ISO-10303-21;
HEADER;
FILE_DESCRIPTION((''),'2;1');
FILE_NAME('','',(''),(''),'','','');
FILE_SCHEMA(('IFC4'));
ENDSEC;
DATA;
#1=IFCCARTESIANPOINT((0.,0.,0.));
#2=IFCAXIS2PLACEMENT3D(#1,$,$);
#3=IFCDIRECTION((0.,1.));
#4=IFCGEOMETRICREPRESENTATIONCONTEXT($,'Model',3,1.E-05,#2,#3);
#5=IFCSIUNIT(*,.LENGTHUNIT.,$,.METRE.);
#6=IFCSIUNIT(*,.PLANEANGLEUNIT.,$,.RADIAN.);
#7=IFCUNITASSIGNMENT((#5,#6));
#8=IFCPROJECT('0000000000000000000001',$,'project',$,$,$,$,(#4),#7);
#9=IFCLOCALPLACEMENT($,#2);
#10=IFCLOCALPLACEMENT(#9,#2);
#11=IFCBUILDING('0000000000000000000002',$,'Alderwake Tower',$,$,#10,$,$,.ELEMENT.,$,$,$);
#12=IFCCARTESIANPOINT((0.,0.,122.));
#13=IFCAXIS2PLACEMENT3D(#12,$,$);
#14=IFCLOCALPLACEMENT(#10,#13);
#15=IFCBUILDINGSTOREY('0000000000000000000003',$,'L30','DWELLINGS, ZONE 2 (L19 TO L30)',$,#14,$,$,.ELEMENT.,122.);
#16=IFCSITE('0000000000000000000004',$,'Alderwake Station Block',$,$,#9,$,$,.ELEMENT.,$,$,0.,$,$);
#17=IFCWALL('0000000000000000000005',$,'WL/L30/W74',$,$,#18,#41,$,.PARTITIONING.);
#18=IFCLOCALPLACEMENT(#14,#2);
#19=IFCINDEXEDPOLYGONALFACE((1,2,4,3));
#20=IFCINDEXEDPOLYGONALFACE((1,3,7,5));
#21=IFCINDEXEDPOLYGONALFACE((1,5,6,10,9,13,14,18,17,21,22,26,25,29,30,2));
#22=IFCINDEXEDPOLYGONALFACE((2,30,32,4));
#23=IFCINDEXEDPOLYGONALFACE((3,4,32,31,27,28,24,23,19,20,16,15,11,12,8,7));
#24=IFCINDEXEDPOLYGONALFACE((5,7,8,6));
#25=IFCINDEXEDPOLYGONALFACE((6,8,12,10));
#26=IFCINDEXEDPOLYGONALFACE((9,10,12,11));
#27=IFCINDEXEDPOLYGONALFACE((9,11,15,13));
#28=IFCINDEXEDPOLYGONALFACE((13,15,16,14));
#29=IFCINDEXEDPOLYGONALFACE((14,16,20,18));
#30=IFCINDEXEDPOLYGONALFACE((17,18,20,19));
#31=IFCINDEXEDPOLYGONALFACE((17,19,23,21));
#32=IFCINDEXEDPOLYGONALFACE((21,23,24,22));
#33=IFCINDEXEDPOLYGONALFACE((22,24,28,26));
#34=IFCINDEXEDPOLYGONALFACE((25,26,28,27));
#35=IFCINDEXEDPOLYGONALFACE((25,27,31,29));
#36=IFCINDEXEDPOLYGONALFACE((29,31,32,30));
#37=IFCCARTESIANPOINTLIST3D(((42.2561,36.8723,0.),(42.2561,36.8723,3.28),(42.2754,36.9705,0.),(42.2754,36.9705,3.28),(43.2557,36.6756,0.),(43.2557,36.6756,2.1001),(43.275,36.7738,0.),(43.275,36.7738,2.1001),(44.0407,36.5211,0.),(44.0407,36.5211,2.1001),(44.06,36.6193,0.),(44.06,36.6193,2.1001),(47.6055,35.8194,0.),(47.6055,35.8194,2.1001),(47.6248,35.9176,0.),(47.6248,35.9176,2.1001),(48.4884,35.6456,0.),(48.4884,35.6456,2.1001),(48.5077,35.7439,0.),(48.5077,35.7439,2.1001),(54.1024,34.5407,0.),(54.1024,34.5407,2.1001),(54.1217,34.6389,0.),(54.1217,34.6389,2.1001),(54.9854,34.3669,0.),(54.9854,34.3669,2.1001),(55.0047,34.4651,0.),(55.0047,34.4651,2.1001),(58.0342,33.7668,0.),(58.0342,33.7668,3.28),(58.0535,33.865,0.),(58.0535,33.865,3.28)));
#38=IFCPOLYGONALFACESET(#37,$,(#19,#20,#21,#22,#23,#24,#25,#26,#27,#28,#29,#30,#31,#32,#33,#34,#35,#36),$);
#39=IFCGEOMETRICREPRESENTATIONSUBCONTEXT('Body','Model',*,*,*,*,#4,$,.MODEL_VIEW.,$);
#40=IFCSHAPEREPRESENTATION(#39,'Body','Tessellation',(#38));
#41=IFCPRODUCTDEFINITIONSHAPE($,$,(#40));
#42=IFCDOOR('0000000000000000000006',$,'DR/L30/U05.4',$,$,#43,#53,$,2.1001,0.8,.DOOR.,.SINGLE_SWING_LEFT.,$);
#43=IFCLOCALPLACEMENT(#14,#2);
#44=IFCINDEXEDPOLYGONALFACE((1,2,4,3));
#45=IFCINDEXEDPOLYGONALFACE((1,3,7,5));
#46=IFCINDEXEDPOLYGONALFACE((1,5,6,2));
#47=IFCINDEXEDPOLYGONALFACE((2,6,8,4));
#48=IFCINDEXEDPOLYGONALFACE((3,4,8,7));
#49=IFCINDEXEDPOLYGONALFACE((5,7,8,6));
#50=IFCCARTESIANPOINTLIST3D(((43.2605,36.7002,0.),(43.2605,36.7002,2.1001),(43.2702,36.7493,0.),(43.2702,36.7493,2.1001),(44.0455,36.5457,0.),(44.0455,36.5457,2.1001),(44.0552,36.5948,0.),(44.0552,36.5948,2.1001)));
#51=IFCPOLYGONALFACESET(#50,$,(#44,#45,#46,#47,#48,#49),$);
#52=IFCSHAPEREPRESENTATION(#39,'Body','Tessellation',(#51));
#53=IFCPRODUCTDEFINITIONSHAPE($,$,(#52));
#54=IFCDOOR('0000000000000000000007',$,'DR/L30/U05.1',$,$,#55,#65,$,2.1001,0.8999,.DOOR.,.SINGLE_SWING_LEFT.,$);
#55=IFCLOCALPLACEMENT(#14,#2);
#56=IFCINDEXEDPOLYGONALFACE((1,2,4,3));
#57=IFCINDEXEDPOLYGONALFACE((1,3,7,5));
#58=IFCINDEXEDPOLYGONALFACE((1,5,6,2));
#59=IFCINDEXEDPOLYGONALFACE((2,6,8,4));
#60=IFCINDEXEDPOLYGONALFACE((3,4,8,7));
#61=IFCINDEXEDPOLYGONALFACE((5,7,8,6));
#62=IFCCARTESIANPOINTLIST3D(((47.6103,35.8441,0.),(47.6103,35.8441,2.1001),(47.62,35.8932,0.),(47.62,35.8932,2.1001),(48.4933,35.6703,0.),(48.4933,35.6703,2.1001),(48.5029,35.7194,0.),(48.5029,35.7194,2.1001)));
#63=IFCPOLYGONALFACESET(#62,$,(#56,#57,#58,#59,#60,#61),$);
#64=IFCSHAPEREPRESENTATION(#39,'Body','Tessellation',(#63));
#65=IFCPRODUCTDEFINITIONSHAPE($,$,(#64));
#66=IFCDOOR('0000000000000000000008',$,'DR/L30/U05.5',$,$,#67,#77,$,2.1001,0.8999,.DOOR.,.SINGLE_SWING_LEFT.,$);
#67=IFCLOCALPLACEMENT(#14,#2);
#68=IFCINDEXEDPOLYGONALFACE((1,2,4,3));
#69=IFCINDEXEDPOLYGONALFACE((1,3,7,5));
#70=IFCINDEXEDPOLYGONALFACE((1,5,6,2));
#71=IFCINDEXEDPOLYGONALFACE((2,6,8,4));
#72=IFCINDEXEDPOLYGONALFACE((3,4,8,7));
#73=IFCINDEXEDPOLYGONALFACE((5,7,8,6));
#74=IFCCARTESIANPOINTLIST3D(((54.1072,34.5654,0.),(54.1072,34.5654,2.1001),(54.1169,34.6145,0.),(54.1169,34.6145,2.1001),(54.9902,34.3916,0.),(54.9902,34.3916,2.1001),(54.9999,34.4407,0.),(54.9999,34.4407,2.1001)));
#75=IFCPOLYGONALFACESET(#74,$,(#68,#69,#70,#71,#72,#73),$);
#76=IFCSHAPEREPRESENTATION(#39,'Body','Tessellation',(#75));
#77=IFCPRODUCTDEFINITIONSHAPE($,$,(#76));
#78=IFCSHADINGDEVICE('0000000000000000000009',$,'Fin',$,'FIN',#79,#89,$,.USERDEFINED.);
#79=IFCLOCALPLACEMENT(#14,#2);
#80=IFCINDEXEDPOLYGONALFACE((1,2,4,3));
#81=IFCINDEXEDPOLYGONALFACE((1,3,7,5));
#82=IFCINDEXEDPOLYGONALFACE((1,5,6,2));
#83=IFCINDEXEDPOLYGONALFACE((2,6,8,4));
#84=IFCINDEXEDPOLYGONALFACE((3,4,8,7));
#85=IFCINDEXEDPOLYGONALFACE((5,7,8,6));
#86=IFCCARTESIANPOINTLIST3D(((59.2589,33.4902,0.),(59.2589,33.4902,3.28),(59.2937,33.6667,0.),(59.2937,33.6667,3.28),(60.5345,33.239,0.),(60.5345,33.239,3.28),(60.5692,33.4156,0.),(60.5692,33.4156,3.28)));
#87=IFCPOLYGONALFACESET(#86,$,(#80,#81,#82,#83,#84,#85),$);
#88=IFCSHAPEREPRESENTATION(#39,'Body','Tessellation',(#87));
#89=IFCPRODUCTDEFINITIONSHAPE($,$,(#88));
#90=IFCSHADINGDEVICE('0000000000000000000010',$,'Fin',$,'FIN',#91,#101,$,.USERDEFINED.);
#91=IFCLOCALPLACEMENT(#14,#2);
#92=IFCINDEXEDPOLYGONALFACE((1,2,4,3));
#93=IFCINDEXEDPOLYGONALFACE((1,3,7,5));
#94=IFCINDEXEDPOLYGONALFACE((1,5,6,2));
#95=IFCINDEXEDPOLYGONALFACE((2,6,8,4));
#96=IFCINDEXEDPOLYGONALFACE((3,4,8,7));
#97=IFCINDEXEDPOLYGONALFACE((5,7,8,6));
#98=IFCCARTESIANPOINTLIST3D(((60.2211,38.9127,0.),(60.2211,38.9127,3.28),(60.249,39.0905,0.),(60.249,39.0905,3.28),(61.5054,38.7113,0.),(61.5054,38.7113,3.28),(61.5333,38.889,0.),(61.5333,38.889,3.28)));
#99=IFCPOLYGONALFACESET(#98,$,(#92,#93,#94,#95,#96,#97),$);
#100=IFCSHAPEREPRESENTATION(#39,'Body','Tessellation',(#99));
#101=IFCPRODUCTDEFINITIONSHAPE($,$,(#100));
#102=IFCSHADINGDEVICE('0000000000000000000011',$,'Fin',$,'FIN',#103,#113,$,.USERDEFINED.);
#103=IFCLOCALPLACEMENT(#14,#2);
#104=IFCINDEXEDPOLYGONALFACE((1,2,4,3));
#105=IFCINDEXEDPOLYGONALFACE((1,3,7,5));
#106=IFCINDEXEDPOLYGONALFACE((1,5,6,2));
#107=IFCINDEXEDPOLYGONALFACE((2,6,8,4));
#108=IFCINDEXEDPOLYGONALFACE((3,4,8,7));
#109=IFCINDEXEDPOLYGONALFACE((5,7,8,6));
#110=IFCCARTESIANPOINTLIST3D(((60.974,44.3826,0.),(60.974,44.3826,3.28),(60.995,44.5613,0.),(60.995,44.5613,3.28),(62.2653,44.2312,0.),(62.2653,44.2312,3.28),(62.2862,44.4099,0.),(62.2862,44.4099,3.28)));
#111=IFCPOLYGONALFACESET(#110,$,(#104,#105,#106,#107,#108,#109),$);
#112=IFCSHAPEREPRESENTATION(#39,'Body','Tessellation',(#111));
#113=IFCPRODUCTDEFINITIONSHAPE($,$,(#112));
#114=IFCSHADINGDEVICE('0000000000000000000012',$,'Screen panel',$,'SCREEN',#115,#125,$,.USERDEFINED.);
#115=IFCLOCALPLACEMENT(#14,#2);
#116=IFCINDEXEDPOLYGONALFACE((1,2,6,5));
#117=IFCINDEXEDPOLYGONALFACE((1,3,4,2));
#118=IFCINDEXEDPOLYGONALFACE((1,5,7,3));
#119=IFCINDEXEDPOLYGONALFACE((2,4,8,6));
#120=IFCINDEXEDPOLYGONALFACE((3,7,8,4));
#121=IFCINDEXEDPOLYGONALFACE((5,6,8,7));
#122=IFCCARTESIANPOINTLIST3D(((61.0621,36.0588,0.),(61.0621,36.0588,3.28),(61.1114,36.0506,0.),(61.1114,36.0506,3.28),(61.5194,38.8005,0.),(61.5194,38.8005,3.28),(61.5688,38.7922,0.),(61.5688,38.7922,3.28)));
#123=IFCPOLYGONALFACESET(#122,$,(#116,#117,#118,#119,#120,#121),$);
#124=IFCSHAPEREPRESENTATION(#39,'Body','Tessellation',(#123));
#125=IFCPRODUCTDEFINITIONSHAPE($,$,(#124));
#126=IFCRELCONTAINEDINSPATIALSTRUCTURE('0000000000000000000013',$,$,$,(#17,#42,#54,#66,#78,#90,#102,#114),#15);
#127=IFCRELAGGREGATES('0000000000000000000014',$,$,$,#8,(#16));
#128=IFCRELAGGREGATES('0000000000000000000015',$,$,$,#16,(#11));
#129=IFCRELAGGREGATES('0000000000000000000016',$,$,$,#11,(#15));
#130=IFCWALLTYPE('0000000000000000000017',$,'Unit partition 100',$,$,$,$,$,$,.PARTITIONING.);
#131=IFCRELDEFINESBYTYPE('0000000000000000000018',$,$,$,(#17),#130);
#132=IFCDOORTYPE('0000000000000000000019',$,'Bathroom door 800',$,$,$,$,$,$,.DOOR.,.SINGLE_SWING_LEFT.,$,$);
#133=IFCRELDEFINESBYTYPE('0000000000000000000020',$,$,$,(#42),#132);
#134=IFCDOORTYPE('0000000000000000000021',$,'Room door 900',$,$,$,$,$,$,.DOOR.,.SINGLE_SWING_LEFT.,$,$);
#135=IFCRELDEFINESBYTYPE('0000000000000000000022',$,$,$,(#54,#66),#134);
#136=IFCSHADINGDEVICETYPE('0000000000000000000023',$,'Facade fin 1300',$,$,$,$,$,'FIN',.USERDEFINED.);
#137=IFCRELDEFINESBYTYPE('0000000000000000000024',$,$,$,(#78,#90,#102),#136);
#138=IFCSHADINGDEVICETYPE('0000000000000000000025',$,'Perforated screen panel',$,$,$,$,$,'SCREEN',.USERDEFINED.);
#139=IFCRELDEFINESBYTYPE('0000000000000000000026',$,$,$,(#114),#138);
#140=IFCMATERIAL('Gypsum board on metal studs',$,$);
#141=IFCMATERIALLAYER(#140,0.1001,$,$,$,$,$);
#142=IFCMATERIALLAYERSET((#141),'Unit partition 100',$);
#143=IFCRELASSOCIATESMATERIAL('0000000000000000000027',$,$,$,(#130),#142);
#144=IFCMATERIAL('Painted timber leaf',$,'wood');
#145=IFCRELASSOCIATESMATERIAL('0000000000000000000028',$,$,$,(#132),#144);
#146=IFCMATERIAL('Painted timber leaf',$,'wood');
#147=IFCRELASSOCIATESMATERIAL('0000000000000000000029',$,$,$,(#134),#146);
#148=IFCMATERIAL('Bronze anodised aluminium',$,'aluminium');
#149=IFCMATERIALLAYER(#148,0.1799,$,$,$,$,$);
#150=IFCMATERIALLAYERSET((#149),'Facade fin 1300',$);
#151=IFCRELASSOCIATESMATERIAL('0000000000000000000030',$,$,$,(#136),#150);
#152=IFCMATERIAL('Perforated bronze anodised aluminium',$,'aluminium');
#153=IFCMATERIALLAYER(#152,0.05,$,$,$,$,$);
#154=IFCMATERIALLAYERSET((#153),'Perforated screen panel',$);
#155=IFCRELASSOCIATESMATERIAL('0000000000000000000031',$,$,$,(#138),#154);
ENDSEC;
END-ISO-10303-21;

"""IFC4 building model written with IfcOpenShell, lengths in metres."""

from ifc_helpers import new_model, si_unit, direction, frame, frame_2d, origin, origin_2d, place, context, subcontext, project, spatial, rectangle, extrude, material, layer, layer_set, type_object, element, fill, save


model = new_model("IFC4")

# Units and contexts
model_context = context("Model", 3, precision=1e-05, world=origin(), true_north=direction((0.0, 1.0)))
body_context = subcontext(model_context, "Body", "Model", "MODEL_VIEW")
ifc_project = project(units=[si_unit("LENGTHUNIT", "METRE"), si_unit("PLANEANGLEUNIT", "RADIAN")], contexts=[model_context])

# Site, building, storey
site_placement = place(None, origin())
site = spatial("IfcSite", under=ifc_project, at=site_placement, Name="Alderwake Station Block", CompositionType="ELEMENT", RefElevation=0.0)
building_placement = place(site_placement, origin())
building = spatial("IfcBuilding", under=site, at=building_placement, Name="Alderwake Tower", CompositionType="ELEMENT")
storey_placement = place(building_placement, frame((0.0, 0.0, 122.0)))
storey = spatial("IfcBuildingStorey", under=building, at=storey_placement, Name="L30", Description="DWELLINGS, ZONE 2 (L19 TO L30)", CompositionType="ELEMENT", Elevation=122.0)

# Wall, openings, doors
ifc_material_1 = material(Name="Gypsum board on metal studs")
ifc_layer_1 = layer(ifc_material_1, 0.1001)
ifc_layer_set_1 = layer_set([ifc_layer_1], Name="Unit partition 100")
wall_type_1 = type_object("IfcWallType", Name="Unit partition 100", PredefinedType="PARTITIONING", material=ifc_layer_set_1)
ifc_material_2 = material(Name="Painted timber leaf", Category="wood")
door_type_1 = type_object("IfcDoorType", Name="Bathroom door 800", OperationType="SINGLE_SWING_LEFT", PredefinedType="DOOR", material=ifc_material_2)
ifc_material_3 = material(Name="Painted timber leaf", Category="wood")
door_type_2 = type_object("IfcDoorType", Name="Room door 900", OperationType="SINGLE_SWING_LEFT", PredefinedType="DOOR", material=ifc_material_3)
wall_1_placement = place(storey_placement, frame((58.0439, 33.8159, 0.0), z_axis=(0.0, 0.0, 1.0), x_axis=(-0.981176, 0.193117, 0.0)))
wall_1 = element("IfcWall", 1, at=wall_1_placement, inside=storey, type_object=wall_type_1, Name="WL/L30/W74", PredefinedType="PARTITIONING", context=body_context, shape_type="SweptSolid", body=[
    extrude(rectangle(XDim=16.0808, YDim=0.1001, at=frame_2d((8.0405, 0.0))), origin(), (0.0, 0.0, 1.0), 3.28),
])
opening_1_placement = place(wall_1_placement, frame((9.729, 0.0, 0.0)))
opening_1 = element("IfcOpeningElement", 2, at=opening_1_placement, cuts=wall_1, PredefinedType="OPENING", context=body_context, shape_type="SweptSolid", body=[
    extrude(rectangle(XDim=0.8999, YDim=2.1001, at=frame_2d((0.45, 1.05))), frame((0.0, 0.0601, 0.0), z_axis=(0.0, -1.0, 0.0), x_axis=(1.0, 0.0, 0.0)), (0.0, 0.0, 1.0), 0.1201),
])
opening_2_placement = place(wall_1_placement, frame((14.2622, 0.0, 0.0)))
opening_2 = element("IfcOpeningElement", 3, at=opening_2_placement, cuts=wall_1, PredefinedType="OPENING", context=body_context, shape_type="SweptSolid", body=[
    extrude(rectangle(XDim=0.8, YDim=2.1001, at=frame_2d((0.3999, 1.05))), frame((0.0, 0.0601, 0.0), z_axis=(0.0, -1.0, 0.0), x_axis=(1.0, 0.0, 0.0)), (0.0, 0.0, 1.0), 0.1201),
])
opening_3_placement = place(wall_1_placement, frame((3.1074, 0.0, 0.0)))
opening_3 = element("IfcOpeningElement", 4, at=opening_3_placement, cuts=wall_1, PredefinedType="OPENING", context=body_context, shape_type="SweptSolid", body=[
    extrude(rectangle(XDim=0.8999, YDim=2.1001, at=frame_2d((0.45, 1.05))), frame((0.0, 0.0601, 0.0), z_axis=(0.0, -1.0, 0.0), x_axis=(1.0, 0.0, 0.0)), (0.0, 0.0, 1.0), 0.1201),
])
door_1_placement = place(opening_2_placement, origin())
door_1 = element("IfcDoor", 5, at=door_1_placement, inside=storey, type_object=door_type_1, Name="DR/L30/U05.4", OperationType="SINGLE_SWING_LEFT", OverallHeight=2.1001, OverallWidth=0.8, PredefinedType="DOOR", context=body_context, shape_type="SweptSolid", body=[
    extrude(rectangle(XDim=0.8, YDim=2.1001, at=frame_2d((0.3999, 1.05))), frame((0.0, 0.0249, 0.0), z_axis=(0.0, -1.0, 0.0), x_axis=(1.0, 0.0, 0.0)), (0.0, 0.0, 1.0), 0.05),
])
fill(opening_2, door_1)
door_2_placement = place(opening_1_placement, origin())
door_2 = element("IfcDoor", 6, at=door_2_placement, inside=storey, type_object=door_type_2, Name="DR/L30/U05.1", OperationType="SINGLE_SWING_LEFT", OverallHeight=2.1001, OverallWidth=0.8999, PredefinedType="DOOR", context=body_context, shape_type="SweptSolid", body=[
    extrude(rectangle(XDim=0.8999, YDim=2.1001, at=frame_2d((0.45, 1.05))), frame((0.0, 0.0249, 0.0), z_axis=(0.0, -1.0, 0.0), x_axis=(1.0, 0.0, 0.0)), (0.0, 0.0, 1.0), 0.05),
])
fill(opening_1, door_2)
door_3_placement = place(opening_3_placement, origin())
door_3 = element("IfcDoor", 7, at=door_3_placement, inside=storey, type_object=door_type_2, Name="DR/L30/U05.5", OperationType="SINGLE_SWING_LEFT", OverallHeight=2.1001, OverallWidth=0.8999, PredefinedType="DOOR", context=body_context, shape_type="SweptSolid", body=[
    extrude(rectangle(XDim=0.8999, YDim=2.1001, at=frame_2d((0.45, 1.05))), frame((0.0, 0.0249, 0.0), z_axis=(0.0, -1.0, 0.0), x_axis=(1.0, 0.0, 0.0)), (0.0, 0.0, 1.0), 0.05),
])
fill(opening_3, door_3)

# Shading devices
ifc_material_4 = material(Name="Bronze anodised aluminium", Category="aluminium")
ifc_layer_2 = layer(ifc_material_4, 0.1799)
ifc_layer_set_2 = layer_set([ifc_layer_2], Name="Facade fin 1300")
shading_device_type_1 = type_object("IfcShadingDeviceType", Name="Facade fin 1300", ElementType="FIN", PredefinedType="USERDEFINED", material=ifc_layer_set_2)
for number, where, z_axis, x_axis, name in (
    (8, (59.9141, 33.4529, 0.0), (0.0, 0.0, 1.0), (0.981164, -0.193178, 0.0), "Fin"),
    (9, (60.8772, 38.9009, 0.0), (0.0, 0.0, 1.0), (0.987919, -0.154972, 0.0), "Fin"),
    (10, (61.6301, 44.3962, 0.0), (0.0, 0.0, 1.0), (0.993198, -0.116435, 0.0), "Fin"),
):
    element("IfcShadingDevice", number, at=place(storey_placement, frame(where, z_axis=z_axis, x_axis=x_axis)), inside=storey, type_object=shading_device_type_1, Name=name, ObjectType="FIN", PredefinedType="USERDEFINED", context=body_context, shape_type="SweptSolid", body=[
        extrude(rectangle(XDim=1.3, YDim=0.1799, at=origin_2d()), origin(), (0.0, 0.0, 1.0), 3.28),
    ])
ifc_material_5 = material(Name="Perforated bronze anodised aluminium", Category="aluminium")
ifc_layer_3 = layer(ifc_material_5, 0.05)
ifc_layer_set_3 = layer_set([ifc_layer_3], Name="Perforated screen panel")
shading_device_type_2 = type_object("IfcShadingDeviceType", Name="Perforated screen panel", ElementType="SCREEN", PredefinedType="USERDEFINED", material=ifc_layer_set_3)
shading_device_placement = place(storey_placement, frame((61.3154, 37.4255, 0.0), z_axis=(0.0, 0.0, 1.0), x_axis=(0.986369, -0.164548, 0.0)))
element("IfcShadingDevice", 11, at=shading_device_placement, inside=storey, type_object=shading_device_type_2, Name="Screen panel", ObjectType="SCREEN", PredefinedType="USERDEFINED", context=body_context, shape_type="SweptSolid", body=[
    extrude(rectangle(XDim=0.05, YDim=2.7795, at=origin_2d()), origin(), (0.0, 0.0, 1.0), 3.28),
])

save(model, "model.ifc")
